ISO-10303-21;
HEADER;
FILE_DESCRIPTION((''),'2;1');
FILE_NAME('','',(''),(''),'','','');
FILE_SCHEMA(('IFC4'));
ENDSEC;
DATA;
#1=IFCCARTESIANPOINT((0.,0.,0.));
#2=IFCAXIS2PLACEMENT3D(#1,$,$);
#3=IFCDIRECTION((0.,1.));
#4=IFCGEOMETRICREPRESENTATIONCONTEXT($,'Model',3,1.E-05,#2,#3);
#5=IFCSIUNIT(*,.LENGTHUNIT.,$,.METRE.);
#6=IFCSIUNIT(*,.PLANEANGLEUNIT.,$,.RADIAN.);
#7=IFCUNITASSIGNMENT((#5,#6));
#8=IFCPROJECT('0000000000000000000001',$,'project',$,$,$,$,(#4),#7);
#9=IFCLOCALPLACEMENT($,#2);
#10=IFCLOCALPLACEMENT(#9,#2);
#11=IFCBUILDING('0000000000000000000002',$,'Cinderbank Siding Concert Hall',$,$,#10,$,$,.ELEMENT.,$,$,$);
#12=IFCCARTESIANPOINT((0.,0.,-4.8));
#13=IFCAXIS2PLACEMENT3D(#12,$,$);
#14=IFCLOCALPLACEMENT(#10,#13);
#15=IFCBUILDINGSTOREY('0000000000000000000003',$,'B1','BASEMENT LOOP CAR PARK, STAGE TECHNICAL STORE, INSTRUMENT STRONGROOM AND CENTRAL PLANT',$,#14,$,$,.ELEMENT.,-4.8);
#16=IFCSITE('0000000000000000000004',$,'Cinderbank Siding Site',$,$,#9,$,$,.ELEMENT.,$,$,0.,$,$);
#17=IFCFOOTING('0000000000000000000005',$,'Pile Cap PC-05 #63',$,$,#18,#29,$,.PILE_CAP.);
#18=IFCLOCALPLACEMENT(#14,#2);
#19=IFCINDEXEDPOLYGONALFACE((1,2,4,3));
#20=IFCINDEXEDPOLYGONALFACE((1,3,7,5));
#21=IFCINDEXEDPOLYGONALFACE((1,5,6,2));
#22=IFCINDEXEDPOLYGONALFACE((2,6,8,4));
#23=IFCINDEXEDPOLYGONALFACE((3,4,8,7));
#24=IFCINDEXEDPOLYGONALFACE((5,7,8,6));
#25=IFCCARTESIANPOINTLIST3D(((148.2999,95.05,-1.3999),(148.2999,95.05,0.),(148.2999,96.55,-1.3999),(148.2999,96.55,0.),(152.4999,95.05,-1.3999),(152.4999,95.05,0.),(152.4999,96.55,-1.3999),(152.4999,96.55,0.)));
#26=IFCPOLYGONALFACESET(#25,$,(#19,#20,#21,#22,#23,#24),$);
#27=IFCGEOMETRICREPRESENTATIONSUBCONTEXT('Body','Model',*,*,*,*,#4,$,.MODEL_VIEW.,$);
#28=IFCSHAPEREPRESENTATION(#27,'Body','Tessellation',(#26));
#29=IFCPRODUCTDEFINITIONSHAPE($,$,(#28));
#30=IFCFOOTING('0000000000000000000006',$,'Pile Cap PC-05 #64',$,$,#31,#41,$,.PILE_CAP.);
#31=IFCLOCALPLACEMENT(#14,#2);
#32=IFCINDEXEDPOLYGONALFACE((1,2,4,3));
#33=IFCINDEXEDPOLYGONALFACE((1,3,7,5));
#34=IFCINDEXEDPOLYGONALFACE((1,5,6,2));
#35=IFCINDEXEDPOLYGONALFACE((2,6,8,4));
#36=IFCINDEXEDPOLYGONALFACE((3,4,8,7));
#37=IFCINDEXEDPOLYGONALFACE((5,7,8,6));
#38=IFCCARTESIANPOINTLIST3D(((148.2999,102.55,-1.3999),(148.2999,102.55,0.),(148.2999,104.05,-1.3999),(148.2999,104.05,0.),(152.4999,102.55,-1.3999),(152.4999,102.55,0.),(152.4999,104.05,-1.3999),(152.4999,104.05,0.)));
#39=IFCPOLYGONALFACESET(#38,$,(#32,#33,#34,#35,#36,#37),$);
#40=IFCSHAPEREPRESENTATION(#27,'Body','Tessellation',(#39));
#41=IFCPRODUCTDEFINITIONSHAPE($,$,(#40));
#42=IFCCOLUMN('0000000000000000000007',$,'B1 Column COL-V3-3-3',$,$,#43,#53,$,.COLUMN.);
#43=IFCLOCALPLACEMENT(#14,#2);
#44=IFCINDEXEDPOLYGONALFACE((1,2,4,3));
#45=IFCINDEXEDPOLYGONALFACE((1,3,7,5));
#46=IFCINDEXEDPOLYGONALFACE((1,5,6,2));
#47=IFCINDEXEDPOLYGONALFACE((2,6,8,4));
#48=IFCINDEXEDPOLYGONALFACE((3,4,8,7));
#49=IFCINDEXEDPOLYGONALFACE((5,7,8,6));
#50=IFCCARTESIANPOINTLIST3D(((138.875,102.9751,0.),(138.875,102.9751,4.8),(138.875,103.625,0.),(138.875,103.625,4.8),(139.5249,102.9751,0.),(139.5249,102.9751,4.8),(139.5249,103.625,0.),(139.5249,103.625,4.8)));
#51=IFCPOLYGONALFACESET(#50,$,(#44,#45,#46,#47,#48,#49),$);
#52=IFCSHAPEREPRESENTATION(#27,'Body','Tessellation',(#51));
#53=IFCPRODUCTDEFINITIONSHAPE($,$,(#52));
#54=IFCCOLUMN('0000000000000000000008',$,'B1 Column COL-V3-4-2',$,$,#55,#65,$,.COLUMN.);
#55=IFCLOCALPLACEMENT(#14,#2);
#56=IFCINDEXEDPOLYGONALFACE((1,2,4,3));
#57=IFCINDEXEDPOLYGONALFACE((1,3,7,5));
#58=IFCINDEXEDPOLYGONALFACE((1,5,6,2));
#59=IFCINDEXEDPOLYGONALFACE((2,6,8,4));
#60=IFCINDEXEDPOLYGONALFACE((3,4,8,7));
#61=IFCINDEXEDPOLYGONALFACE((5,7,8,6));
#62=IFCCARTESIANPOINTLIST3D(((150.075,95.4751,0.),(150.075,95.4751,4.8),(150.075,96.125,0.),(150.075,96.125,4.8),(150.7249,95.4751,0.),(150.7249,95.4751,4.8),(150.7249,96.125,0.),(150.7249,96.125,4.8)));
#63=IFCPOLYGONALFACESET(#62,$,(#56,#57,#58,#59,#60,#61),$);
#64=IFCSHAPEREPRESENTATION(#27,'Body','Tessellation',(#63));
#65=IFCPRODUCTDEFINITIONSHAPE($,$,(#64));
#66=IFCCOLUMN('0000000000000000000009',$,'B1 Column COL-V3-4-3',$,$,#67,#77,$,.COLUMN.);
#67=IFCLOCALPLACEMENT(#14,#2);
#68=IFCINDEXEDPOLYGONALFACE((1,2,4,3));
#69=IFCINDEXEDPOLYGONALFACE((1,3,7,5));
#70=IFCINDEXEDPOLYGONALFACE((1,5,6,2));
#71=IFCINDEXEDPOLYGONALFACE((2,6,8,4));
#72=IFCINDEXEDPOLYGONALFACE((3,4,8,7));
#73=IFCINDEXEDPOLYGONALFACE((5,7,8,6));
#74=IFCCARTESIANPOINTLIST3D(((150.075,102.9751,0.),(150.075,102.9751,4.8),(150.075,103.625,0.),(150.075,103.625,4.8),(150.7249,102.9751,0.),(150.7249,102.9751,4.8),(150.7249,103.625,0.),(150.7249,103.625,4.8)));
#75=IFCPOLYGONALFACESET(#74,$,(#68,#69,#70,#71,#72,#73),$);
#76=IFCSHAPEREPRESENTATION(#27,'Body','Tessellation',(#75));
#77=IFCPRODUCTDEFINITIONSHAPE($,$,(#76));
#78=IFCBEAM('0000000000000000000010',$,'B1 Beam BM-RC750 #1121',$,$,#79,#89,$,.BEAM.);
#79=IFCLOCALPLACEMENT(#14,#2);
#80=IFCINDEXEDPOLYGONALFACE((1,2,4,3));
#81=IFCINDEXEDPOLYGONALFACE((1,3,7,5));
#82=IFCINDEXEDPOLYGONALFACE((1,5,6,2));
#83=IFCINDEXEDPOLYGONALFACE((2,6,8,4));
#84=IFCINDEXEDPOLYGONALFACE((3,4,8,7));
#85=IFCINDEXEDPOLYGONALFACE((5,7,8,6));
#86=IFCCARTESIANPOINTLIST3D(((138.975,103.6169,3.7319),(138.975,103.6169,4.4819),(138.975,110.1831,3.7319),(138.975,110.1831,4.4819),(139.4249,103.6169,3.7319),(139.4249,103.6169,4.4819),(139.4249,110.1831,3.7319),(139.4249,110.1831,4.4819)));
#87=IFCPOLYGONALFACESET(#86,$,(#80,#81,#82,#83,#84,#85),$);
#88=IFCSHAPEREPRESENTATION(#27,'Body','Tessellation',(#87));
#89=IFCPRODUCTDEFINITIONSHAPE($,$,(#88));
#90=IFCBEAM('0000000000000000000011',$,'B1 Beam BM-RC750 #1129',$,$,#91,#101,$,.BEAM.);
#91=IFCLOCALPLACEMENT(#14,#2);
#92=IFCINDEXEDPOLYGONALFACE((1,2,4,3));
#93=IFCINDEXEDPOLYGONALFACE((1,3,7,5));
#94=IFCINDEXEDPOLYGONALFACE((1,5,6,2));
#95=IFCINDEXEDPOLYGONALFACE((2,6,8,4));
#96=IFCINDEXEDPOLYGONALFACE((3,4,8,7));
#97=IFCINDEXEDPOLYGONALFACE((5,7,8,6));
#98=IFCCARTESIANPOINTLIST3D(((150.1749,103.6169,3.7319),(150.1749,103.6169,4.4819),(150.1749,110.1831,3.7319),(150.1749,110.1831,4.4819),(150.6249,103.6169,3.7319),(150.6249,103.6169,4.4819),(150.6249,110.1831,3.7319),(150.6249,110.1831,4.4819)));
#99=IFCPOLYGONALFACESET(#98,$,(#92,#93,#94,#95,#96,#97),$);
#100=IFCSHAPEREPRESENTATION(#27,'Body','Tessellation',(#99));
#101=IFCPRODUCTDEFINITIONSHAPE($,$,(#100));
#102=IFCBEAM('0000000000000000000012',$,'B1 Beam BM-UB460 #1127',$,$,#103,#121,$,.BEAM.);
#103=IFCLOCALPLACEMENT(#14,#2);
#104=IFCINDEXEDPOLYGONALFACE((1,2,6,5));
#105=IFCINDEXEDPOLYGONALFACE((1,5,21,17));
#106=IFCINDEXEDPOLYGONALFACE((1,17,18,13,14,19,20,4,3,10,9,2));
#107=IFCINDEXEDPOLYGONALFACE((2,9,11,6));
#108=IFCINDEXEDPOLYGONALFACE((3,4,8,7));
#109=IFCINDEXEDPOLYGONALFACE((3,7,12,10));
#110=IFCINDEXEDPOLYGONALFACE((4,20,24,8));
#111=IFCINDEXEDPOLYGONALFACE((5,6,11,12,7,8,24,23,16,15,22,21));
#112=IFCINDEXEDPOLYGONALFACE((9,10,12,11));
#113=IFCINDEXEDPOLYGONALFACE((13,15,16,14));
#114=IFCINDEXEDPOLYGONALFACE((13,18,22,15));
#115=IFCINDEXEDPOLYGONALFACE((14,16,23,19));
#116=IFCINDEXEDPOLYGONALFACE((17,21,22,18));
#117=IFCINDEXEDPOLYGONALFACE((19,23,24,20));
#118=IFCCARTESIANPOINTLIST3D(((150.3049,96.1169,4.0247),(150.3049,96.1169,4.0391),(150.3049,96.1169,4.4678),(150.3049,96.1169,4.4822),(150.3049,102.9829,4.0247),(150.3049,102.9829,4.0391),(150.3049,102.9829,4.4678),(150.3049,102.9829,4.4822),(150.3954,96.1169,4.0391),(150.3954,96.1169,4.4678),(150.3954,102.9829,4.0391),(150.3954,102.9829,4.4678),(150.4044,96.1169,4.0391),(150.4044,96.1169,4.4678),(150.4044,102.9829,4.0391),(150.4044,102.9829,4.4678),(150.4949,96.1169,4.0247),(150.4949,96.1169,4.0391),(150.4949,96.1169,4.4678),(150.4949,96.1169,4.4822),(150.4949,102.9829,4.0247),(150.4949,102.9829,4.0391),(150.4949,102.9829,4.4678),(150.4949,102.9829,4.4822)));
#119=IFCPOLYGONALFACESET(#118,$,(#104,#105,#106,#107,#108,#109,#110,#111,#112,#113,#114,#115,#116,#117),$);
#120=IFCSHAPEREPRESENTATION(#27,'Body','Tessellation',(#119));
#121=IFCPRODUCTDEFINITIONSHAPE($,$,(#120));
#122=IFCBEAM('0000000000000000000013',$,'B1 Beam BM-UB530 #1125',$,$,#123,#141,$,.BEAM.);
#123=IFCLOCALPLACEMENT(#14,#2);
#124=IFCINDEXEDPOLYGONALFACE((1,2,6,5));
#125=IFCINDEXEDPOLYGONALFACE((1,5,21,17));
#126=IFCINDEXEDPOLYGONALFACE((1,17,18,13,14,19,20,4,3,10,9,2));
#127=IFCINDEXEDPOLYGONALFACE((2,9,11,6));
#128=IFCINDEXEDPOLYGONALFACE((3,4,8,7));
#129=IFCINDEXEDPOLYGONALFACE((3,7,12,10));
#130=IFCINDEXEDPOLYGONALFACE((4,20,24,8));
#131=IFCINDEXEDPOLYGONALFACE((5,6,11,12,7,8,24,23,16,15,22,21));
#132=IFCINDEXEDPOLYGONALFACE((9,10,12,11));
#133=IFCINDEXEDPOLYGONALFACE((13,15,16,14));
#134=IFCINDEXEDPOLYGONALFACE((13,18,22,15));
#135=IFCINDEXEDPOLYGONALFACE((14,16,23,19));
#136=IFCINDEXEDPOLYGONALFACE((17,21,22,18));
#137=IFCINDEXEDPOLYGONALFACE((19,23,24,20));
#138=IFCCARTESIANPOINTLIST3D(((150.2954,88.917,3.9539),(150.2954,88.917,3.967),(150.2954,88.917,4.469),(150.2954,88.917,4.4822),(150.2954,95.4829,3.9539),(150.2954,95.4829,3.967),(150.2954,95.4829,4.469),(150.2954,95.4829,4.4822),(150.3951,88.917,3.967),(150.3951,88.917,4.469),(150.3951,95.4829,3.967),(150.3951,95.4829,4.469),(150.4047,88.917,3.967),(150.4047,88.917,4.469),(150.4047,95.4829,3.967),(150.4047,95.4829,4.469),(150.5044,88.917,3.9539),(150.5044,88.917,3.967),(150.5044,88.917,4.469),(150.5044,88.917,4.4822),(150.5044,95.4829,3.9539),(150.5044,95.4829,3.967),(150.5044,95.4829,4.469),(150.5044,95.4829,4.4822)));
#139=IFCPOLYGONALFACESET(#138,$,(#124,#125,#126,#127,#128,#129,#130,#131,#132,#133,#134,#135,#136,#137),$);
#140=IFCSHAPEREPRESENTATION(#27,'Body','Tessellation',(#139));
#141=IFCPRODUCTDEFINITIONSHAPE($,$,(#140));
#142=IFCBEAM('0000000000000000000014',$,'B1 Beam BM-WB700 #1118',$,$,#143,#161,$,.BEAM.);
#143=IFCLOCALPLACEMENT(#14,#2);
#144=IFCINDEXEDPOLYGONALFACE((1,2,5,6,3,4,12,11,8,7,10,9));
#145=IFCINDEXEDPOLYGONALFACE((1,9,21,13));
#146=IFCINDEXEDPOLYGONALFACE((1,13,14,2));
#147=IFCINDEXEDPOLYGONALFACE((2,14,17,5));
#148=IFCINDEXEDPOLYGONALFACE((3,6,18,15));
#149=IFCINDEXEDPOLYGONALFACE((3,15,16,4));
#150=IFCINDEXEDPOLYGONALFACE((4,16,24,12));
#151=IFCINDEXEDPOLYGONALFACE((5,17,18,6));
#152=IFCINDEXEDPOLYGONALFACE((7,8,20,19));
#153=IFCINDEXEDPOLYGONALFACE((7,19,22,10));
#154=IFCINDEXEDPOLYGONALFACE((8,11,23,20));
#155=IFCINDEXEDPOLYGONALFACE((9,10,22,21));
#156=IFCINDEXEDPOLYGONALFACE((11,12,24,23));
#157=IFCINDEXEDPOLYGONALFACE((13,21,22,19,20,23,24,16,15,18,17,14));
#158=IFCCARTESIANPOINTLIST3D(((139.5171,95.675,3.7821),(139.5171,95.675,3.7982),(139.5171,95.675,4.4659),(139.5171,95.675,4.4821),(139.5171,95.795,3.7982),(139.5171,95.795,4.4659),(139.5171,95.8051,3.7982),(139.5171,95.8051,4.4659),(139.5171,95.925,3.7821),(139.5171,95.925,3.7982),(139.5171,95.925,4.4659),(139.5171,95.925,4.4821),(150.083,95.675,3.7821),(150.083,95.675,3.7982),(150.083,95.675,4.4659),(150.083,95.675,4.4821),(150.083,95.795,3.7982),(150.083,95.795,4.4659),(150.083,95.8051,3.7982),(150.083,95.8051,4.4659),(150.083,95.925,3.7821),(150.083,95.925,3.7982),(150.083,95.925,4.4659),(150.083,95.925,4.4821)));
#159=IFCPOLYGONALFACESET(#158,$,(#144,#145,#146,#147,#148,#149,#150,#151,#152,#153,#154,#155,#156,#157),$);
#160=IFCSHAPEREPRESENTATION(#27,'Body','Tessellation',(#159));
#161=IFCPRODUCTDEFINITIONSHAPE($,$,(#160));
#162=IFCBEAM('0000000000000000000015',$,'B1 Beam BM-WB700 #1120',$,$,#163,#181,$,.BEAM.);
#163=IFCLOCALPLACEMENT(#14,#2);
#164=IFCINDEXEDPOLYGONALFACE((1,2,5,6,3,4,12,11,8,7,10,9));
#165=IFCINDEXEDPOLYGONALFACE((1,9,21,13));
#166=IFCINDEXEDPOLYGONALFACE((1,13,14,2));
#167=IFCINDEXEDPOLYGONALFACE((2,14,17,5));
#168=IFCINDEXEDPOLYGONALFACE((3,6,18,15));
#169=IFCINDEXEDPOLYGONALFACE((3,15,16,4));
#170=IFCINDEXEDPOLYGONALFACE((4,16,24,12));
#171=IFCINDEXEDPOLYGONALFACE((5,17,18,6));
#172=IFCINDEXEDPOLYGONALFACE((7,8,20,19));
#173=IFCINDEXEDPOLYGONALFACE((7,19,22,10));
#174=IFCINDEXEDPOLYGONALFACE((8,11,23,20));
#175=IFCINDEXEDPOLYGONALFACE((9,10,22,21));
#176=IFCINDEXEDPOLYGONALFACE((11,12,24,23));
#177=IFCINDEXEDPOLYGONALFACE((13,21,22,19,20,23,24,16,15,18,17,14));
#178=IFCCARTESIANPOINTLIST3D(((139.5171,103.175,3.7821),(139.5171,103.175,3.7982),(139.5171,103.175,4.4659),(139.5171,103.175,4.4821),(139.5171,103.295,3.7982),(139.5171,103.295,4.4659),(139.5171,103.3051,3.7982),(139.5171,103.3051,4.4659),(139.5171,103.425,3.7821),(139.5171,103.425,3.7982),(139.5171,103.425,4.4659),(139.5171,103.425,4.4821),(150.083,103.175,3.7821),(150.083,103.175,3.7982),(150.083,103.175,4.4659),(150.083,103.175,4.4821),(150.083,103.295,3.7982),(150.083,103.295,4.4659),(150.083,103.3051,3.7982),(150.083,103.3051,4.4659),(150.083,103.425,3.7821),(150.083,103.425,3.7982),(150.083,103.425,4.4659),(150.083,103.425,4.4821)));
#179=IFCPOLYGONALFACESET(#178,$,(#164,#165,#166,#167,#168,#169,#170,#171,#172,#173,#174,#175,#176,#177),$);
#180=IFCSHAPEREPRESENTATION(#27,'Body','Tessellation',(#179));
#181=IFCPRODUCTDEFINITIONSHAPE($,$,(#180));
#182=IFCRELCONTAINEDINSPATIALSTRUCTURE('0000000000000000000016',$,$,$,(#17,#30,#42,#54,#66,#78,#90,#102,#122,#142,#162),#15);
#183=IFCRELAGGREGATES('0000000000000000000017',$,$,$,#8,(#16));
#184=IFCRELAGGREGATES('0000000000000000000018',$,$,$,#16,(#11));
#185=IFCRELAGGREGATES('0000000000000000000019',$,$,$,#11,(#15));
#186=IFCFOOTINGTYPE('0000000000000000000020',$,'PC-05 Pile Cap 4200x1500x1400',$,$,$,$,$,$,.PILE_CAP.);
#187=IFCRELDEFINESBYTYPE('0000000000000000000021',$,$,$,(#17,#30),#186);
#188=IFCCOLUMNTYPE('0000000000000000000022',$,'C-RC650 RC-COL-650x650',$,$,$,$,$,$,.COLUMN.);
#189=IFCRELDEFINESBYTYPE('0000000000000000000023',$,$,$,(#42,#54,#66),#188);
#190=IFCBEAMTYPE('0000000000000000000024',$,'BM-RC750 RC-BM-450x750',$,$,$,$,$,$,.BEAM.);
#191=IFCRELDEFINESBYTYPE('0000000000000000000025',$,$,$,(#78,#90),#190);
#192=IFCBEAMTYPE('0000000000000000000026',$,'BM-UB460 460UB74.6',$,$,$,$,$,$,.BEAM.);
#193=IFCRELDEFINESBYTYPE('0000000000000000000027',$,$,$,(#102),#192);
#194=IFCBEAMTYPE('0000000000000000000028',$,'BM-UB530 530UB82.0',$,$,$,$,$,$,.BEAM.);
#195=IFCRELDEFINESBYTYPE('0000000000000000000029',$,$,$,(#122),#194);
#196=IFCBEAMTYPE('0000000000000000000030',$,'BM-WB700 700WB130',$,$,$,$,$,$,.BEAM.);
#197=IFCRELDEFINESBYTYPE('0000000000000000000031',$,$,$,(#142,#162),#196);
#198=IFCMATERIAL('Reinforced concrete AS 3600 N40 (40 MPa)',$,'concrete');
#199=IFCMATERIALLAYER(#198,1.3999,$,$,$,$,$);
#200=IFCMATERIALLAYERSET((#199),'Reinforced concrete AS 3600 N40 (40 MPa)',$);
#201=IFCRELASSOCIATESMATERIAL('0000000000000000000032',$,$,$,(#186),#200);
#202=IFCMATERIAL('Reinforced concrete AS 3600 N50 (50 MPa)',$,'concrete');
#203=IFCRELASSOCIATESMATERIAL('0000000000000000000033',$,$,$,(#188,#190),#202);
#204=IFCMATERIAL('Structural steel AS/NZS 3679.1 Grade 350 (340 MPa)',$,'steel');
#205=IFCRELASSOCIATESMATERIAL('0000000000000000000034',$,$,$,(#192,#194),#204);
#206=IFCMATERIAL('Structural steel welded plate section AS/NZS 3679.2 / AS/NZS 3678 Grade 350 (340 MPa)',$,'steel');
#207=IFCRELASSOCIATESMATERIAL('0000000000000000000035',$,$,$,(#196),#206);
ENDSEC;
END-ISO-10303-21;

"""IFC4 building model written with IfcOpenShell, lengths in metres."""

from ifc_helpers import new_model, si_unit, direction, frame, origin, origin_2d, place, context, subcontext, project, spatial, rectangle, i_section, extrude, material, layer, layer_set, material_profile, profile_set, type_object, element, save


model = new_model("IFC4")

# Units and contexts
model_context = context("Model", 3, precision=1e-05, world=origin(), true_north=direction((0.0, 1.0)))
body_context = subcontext(model_context, "Body", "Model", "MODEL_VIEW")
ifc_project = project(units=[si_unit("LENGTHUNIT", "METRE"), si_unit("PLANEANGLEUNIT", "RADIAN")], contexts=[model_context])

# Site, building, storey
site_placement = place(None, origin())
site = spatial("IfcSite", under=ifc_project, at=site_placement, Name="Cinderbank Siding Site", CompositionType="ELEMENT", RefElevation=0.0)
building_placement = place(site_placement, origin())
building = spatial("IfcBuilding", under=site, at=building_placement, Name="Cinderbank Siding Concert Hall", CompositionType="ELEMENT")
storey_placement = place(building_placement, frame((0.0, 0.0, -4.8)))
storey = spatial("IfcBuildingStorey", under=building, at=storey_placement, Name="B1", Description="BASEMENT LOOP CAR PARK, STAGE TECHNICAL STORE, INSTRUMENT STRONGROOM AND CENTRAL PLANT", CompositionType="ELEMENT", Elevation=-4.8)

# Shared definitions
ifc_material_1 = material(Name="Reinforced concrete AS 3600 N40 (40 MPa)", Category="concrete")

# Footings
ifc_layer = layer(ifc_material_1, 1.3999)
ifc_layer_set = layer_set([ifc_layer], Name="Reinforced concrete AS 3600 N40 (40 MPa)")
footing_type_1 = type_object("IfcFootingType", Name="PC-05 Pile Cap 4200x1500x1400", PredefinedType="PILE_CAP", material=ifc_layer_set)
for number, where, z_axis, x_axis, name in (
    (1, (150.3999, 95.8, -1.3999), (0.0, 0.0, 1.0), (1.0, 0.0, 0.0), "Pile Cap PC-05 #63"),
    (2, (150.3999, 103.3, -1.3999), (0.0, 0.0, 1.0), (1.0, 0.0, 0.0), "Pile Cap PC-05 #64"),
):
    element("IfcFooting", number, at=place(storey_placement, frame(where, z_axis=z_axis, x_axis=x_axis)), inside=storey, type_object=footing_type_1, Name=name, PredefinedType="PILE_CAP", context=body_context, shape_type="SweptSolid", body=[
        extrude(rectangle(XDim=4.2, YDim=1.5, at=origin_2d()), origin(), (0.0, 0.0, 1.0), 1.3999),
    ])

# Columns
ifc_material_2 = material(Name="Reinforced concrete AS 3600 N50 (50 MPa)", Category="concrete")
ifc_material_profile_1 = material_profile(ifc_material_2, rectangle(XDim=0.6499, YDim=0.6499, at=origin_2d()), Name="RC-COL-650x650", Category="LoadBearing")
ifc_profile_set_1 = profile_set([ifc_material_profile_1], Name="Reinforced concrete AS 3600 N50 (50 MPa)")
column_type = type_object("IfcColumnType", Name="C-RC650 RC-COL-650x650", PredefinedType="COLUMN", material=ifc_profile_set_1)
for number, where, z_axis, x_axis, name in (
    (3, (139.2, 103.3, 0.0), (0.0, 0.0, 1.0), (1.0, 0.0, 0.0), "B1 Column COL-V3-3-3"),
    (4, (150.3999, 95.8, 0.0), (0.0, 0.0, 1.0), (1.0, 0.0, 0.0), "B1 Column COL-V3-4-2"),
    (5, (150.3999, 103.3, 0.0), (0.0, 0.0, 1.0), (1.0, 0.0, 0.0), "B1 Column COL-V3-4-3"),
):
    element("IfcColumn", number, at=place(storey_placement, frame(where, z_axis=z_axis, x_axis=x_axis)), inside=storey, type_object=column_type, Name=name, PredefinedType="COLUMN", context=body_context, shape_type="SweptSolid", body=[
        extrude(rectangle(XDim=0.6499, YDim=0.6499, at=origin_2d()), origin(), (0.0, 0.0, 1.0), 4.8),
    ])

# Beams
ifc_material_profile_2 = material_profile(ifc_material_2, rectangle(XDim=0.45, YDim=0.75, at=origin_2d()), Name="RC-BM-450x750", Category="LoadBearing")
ifc_profile_set_2 = profile_set([ifc_material_profile_2], Name="Reinforced concrete AS 3600 N50 (50 MPa)")
beam_type_1 = type_object("IfcBeamType", Name="BM-RC750 RC-BM-450x750", PredefinedType="BEAM", material=ifc_profile_set_2)
for number, where, z_axis, x_axis, name in (
    (6, (139.2, 103.6169, 4.1069), (0.0, 1.0, 0.0), (-1.0, 0.0, 0.0), "B1 Beam BM-RC750 #1121"),
    (7, (150.3999, 103.6169, 4.1069), (0.0, 1.0, 0.0), (-1.0, 0.0, 0.0), "B1 Beam BM-RC750 #1129"),
):
    element("IfcBeam", number, at=place(storey_placement, frame(where, z_axis=z_axis, x_axis=x_axis)), inside=storey, type_object=beam_type_1, Name=name, PredefinedType="BEAM", context=body_context, shape_type="SweptSolid", body=[
        extrude(rectangle(XDim=0.45, YDim=0.75, at=origin_2d()), origin(), (0.0, 0.0, 1.0), 6.5662),
    ])
ifc_material_3 = material(Name="Structural steel AS/NZS 3679.1 Grade 350 (340 MPa)", Category="steel")
ifc_material_profile_3 = material_profile(ifc_material_3, i_section(OverallWidth=0.1899, OverallDepth=0.4575, WebThickness=0.009, FlangeThickness=0.0144, at=origin_2d()), Name="460UB74.6", Category="LoadBearing")
ifc_profile_set_3 = profile_set([ifc_material_profile_3], Name="Structural steel AS/NZS 3679.1 Grade 350 (340 MPa)")
beam_type_2 = type_object("IfcBeamType", Name="BM-UB460 460UB74.6", PredefinedType="BEAM", material=ifc_profile_set_3)
beam_1_placement = place(storey_placement, frame((150.3999, 96.1169, 4.2534), z_axis=(0.0, 1.0, 0.0), x_axis=(-1.0, 0.0, 0.0)))
element("IfcBeam", 8, at=beam_1_placement, inside=storey, type_object=beam_type_2, Name="B1 Beam BM-UB460 #1127", PredefinedType="BEAM", context=body_context, shape_type="SweptSolid", body=[
    extrude(i_section(OverallWidth=0.1899, OverallDepth=0.4575, WebThickness=0.009, FlangeThickness=0.0144, at=origin_2d()), origin(), (0.0, 0.0, 1.0), 6.866),
])
ifc_material_profile_4 = material_profile(ifc_material_3, i_section(OverallWidth=0.209, OverallDepth=0.5283, WebThickness=0.0095, FlangeThickness=0.0132, at=origin_2d()), Name="530UB82.0", Category="LoadBearing")
ifc_profile_set_4 = profile_set([ifc_material_profile_4], Name="Structural steel AS/NZS 3679.1 Grade 350 (340 MPa)")
beam_type_3 = type_object("IfcBeamType", Name="BM-UB530 530UB82.0", PredefinedType="BEAM", material=ifc_profile_set_4)
beam_2_placement = place(storey_placement, frame((150.3999, 88.917, 4.218), z_axis=(0.0, 1.0, 0.0), x_axis=(-1.0, 0.0, 0.0)))
element("IfcBeam", 9, at=beam_2_placement, inside=storey, type_object=beam_type_3, Name="B1 Beam BM-UB530 #1125", PredefinedType="BEAM", context=body_context, shape_type="SweptSolid", body=[
    extrude(i_section(OverallWidth=0.209, OverallDepth=0.5283, WebThickness=0.0095, FlangeThickness=0.0132, at=origin_2d()), origin(), (0.0, 0.0, 1.0), 6.5659),
])
ifc_material_4 = material(Name="Structural steel welded plate section AS/NZS 3679.2 / AS/NZS 3678 Grade 350 (340 MPa)", Category="steel")
ifc_material_profile_5 = material_profile(ifc_material_4, i_section(OverallWidth=0.25, OverallDepth=0.7, WebThickness=0.01, FlangeThickness=0.0161, at=origin_2d()), Name="700WB130", Category="LoadBearing")
ifc_profile_set_5 = profile_set([ifc_material_profile_5], Name="Structural steel welded plate section AS/NZS 3679.2 / AS/NZS 3678 Grade 350 (340 MPa)")
beam_type_4 = type_object("IfcBeamType", Name="BM-WB700 700WB130", PredefinedType="BEAM", material=ifc_profile_set_5)
for number, where, z_axis, x_axis, name in (
    (10, (139.5171, 95.8, 4.1321), (1.0, 0.0, 0.0), (0.0, 1.0, 0.0), "B1 Beam BM-WB700 #1118"),
    (11, (139.5171, 103.3, 4.1321), (1.0, 0.0, 0.0), (0.0, 1.0, 0.0), "B1 Beam BM-WB700 #1120"),
):
    element("IfcBeam", number, at=place(storey_placement, frame(where, z_axis=z_axis, x_axis=x_axis)), inside=storey, type_object=beam_type_4, Name=name, PredefinedType="BEAM", context=body_context, shape_type="SweptSolid", body=[
        extrude(i_section(OverallWidth=0.25, OverallDepth=0.7, WebThickness=0.01, FlangeThickness=0.0161, at=origin_2d()), origin(), (0.0, 0.0, 1.0), 10.5659),
    ])

save(model, "model.ifc")
